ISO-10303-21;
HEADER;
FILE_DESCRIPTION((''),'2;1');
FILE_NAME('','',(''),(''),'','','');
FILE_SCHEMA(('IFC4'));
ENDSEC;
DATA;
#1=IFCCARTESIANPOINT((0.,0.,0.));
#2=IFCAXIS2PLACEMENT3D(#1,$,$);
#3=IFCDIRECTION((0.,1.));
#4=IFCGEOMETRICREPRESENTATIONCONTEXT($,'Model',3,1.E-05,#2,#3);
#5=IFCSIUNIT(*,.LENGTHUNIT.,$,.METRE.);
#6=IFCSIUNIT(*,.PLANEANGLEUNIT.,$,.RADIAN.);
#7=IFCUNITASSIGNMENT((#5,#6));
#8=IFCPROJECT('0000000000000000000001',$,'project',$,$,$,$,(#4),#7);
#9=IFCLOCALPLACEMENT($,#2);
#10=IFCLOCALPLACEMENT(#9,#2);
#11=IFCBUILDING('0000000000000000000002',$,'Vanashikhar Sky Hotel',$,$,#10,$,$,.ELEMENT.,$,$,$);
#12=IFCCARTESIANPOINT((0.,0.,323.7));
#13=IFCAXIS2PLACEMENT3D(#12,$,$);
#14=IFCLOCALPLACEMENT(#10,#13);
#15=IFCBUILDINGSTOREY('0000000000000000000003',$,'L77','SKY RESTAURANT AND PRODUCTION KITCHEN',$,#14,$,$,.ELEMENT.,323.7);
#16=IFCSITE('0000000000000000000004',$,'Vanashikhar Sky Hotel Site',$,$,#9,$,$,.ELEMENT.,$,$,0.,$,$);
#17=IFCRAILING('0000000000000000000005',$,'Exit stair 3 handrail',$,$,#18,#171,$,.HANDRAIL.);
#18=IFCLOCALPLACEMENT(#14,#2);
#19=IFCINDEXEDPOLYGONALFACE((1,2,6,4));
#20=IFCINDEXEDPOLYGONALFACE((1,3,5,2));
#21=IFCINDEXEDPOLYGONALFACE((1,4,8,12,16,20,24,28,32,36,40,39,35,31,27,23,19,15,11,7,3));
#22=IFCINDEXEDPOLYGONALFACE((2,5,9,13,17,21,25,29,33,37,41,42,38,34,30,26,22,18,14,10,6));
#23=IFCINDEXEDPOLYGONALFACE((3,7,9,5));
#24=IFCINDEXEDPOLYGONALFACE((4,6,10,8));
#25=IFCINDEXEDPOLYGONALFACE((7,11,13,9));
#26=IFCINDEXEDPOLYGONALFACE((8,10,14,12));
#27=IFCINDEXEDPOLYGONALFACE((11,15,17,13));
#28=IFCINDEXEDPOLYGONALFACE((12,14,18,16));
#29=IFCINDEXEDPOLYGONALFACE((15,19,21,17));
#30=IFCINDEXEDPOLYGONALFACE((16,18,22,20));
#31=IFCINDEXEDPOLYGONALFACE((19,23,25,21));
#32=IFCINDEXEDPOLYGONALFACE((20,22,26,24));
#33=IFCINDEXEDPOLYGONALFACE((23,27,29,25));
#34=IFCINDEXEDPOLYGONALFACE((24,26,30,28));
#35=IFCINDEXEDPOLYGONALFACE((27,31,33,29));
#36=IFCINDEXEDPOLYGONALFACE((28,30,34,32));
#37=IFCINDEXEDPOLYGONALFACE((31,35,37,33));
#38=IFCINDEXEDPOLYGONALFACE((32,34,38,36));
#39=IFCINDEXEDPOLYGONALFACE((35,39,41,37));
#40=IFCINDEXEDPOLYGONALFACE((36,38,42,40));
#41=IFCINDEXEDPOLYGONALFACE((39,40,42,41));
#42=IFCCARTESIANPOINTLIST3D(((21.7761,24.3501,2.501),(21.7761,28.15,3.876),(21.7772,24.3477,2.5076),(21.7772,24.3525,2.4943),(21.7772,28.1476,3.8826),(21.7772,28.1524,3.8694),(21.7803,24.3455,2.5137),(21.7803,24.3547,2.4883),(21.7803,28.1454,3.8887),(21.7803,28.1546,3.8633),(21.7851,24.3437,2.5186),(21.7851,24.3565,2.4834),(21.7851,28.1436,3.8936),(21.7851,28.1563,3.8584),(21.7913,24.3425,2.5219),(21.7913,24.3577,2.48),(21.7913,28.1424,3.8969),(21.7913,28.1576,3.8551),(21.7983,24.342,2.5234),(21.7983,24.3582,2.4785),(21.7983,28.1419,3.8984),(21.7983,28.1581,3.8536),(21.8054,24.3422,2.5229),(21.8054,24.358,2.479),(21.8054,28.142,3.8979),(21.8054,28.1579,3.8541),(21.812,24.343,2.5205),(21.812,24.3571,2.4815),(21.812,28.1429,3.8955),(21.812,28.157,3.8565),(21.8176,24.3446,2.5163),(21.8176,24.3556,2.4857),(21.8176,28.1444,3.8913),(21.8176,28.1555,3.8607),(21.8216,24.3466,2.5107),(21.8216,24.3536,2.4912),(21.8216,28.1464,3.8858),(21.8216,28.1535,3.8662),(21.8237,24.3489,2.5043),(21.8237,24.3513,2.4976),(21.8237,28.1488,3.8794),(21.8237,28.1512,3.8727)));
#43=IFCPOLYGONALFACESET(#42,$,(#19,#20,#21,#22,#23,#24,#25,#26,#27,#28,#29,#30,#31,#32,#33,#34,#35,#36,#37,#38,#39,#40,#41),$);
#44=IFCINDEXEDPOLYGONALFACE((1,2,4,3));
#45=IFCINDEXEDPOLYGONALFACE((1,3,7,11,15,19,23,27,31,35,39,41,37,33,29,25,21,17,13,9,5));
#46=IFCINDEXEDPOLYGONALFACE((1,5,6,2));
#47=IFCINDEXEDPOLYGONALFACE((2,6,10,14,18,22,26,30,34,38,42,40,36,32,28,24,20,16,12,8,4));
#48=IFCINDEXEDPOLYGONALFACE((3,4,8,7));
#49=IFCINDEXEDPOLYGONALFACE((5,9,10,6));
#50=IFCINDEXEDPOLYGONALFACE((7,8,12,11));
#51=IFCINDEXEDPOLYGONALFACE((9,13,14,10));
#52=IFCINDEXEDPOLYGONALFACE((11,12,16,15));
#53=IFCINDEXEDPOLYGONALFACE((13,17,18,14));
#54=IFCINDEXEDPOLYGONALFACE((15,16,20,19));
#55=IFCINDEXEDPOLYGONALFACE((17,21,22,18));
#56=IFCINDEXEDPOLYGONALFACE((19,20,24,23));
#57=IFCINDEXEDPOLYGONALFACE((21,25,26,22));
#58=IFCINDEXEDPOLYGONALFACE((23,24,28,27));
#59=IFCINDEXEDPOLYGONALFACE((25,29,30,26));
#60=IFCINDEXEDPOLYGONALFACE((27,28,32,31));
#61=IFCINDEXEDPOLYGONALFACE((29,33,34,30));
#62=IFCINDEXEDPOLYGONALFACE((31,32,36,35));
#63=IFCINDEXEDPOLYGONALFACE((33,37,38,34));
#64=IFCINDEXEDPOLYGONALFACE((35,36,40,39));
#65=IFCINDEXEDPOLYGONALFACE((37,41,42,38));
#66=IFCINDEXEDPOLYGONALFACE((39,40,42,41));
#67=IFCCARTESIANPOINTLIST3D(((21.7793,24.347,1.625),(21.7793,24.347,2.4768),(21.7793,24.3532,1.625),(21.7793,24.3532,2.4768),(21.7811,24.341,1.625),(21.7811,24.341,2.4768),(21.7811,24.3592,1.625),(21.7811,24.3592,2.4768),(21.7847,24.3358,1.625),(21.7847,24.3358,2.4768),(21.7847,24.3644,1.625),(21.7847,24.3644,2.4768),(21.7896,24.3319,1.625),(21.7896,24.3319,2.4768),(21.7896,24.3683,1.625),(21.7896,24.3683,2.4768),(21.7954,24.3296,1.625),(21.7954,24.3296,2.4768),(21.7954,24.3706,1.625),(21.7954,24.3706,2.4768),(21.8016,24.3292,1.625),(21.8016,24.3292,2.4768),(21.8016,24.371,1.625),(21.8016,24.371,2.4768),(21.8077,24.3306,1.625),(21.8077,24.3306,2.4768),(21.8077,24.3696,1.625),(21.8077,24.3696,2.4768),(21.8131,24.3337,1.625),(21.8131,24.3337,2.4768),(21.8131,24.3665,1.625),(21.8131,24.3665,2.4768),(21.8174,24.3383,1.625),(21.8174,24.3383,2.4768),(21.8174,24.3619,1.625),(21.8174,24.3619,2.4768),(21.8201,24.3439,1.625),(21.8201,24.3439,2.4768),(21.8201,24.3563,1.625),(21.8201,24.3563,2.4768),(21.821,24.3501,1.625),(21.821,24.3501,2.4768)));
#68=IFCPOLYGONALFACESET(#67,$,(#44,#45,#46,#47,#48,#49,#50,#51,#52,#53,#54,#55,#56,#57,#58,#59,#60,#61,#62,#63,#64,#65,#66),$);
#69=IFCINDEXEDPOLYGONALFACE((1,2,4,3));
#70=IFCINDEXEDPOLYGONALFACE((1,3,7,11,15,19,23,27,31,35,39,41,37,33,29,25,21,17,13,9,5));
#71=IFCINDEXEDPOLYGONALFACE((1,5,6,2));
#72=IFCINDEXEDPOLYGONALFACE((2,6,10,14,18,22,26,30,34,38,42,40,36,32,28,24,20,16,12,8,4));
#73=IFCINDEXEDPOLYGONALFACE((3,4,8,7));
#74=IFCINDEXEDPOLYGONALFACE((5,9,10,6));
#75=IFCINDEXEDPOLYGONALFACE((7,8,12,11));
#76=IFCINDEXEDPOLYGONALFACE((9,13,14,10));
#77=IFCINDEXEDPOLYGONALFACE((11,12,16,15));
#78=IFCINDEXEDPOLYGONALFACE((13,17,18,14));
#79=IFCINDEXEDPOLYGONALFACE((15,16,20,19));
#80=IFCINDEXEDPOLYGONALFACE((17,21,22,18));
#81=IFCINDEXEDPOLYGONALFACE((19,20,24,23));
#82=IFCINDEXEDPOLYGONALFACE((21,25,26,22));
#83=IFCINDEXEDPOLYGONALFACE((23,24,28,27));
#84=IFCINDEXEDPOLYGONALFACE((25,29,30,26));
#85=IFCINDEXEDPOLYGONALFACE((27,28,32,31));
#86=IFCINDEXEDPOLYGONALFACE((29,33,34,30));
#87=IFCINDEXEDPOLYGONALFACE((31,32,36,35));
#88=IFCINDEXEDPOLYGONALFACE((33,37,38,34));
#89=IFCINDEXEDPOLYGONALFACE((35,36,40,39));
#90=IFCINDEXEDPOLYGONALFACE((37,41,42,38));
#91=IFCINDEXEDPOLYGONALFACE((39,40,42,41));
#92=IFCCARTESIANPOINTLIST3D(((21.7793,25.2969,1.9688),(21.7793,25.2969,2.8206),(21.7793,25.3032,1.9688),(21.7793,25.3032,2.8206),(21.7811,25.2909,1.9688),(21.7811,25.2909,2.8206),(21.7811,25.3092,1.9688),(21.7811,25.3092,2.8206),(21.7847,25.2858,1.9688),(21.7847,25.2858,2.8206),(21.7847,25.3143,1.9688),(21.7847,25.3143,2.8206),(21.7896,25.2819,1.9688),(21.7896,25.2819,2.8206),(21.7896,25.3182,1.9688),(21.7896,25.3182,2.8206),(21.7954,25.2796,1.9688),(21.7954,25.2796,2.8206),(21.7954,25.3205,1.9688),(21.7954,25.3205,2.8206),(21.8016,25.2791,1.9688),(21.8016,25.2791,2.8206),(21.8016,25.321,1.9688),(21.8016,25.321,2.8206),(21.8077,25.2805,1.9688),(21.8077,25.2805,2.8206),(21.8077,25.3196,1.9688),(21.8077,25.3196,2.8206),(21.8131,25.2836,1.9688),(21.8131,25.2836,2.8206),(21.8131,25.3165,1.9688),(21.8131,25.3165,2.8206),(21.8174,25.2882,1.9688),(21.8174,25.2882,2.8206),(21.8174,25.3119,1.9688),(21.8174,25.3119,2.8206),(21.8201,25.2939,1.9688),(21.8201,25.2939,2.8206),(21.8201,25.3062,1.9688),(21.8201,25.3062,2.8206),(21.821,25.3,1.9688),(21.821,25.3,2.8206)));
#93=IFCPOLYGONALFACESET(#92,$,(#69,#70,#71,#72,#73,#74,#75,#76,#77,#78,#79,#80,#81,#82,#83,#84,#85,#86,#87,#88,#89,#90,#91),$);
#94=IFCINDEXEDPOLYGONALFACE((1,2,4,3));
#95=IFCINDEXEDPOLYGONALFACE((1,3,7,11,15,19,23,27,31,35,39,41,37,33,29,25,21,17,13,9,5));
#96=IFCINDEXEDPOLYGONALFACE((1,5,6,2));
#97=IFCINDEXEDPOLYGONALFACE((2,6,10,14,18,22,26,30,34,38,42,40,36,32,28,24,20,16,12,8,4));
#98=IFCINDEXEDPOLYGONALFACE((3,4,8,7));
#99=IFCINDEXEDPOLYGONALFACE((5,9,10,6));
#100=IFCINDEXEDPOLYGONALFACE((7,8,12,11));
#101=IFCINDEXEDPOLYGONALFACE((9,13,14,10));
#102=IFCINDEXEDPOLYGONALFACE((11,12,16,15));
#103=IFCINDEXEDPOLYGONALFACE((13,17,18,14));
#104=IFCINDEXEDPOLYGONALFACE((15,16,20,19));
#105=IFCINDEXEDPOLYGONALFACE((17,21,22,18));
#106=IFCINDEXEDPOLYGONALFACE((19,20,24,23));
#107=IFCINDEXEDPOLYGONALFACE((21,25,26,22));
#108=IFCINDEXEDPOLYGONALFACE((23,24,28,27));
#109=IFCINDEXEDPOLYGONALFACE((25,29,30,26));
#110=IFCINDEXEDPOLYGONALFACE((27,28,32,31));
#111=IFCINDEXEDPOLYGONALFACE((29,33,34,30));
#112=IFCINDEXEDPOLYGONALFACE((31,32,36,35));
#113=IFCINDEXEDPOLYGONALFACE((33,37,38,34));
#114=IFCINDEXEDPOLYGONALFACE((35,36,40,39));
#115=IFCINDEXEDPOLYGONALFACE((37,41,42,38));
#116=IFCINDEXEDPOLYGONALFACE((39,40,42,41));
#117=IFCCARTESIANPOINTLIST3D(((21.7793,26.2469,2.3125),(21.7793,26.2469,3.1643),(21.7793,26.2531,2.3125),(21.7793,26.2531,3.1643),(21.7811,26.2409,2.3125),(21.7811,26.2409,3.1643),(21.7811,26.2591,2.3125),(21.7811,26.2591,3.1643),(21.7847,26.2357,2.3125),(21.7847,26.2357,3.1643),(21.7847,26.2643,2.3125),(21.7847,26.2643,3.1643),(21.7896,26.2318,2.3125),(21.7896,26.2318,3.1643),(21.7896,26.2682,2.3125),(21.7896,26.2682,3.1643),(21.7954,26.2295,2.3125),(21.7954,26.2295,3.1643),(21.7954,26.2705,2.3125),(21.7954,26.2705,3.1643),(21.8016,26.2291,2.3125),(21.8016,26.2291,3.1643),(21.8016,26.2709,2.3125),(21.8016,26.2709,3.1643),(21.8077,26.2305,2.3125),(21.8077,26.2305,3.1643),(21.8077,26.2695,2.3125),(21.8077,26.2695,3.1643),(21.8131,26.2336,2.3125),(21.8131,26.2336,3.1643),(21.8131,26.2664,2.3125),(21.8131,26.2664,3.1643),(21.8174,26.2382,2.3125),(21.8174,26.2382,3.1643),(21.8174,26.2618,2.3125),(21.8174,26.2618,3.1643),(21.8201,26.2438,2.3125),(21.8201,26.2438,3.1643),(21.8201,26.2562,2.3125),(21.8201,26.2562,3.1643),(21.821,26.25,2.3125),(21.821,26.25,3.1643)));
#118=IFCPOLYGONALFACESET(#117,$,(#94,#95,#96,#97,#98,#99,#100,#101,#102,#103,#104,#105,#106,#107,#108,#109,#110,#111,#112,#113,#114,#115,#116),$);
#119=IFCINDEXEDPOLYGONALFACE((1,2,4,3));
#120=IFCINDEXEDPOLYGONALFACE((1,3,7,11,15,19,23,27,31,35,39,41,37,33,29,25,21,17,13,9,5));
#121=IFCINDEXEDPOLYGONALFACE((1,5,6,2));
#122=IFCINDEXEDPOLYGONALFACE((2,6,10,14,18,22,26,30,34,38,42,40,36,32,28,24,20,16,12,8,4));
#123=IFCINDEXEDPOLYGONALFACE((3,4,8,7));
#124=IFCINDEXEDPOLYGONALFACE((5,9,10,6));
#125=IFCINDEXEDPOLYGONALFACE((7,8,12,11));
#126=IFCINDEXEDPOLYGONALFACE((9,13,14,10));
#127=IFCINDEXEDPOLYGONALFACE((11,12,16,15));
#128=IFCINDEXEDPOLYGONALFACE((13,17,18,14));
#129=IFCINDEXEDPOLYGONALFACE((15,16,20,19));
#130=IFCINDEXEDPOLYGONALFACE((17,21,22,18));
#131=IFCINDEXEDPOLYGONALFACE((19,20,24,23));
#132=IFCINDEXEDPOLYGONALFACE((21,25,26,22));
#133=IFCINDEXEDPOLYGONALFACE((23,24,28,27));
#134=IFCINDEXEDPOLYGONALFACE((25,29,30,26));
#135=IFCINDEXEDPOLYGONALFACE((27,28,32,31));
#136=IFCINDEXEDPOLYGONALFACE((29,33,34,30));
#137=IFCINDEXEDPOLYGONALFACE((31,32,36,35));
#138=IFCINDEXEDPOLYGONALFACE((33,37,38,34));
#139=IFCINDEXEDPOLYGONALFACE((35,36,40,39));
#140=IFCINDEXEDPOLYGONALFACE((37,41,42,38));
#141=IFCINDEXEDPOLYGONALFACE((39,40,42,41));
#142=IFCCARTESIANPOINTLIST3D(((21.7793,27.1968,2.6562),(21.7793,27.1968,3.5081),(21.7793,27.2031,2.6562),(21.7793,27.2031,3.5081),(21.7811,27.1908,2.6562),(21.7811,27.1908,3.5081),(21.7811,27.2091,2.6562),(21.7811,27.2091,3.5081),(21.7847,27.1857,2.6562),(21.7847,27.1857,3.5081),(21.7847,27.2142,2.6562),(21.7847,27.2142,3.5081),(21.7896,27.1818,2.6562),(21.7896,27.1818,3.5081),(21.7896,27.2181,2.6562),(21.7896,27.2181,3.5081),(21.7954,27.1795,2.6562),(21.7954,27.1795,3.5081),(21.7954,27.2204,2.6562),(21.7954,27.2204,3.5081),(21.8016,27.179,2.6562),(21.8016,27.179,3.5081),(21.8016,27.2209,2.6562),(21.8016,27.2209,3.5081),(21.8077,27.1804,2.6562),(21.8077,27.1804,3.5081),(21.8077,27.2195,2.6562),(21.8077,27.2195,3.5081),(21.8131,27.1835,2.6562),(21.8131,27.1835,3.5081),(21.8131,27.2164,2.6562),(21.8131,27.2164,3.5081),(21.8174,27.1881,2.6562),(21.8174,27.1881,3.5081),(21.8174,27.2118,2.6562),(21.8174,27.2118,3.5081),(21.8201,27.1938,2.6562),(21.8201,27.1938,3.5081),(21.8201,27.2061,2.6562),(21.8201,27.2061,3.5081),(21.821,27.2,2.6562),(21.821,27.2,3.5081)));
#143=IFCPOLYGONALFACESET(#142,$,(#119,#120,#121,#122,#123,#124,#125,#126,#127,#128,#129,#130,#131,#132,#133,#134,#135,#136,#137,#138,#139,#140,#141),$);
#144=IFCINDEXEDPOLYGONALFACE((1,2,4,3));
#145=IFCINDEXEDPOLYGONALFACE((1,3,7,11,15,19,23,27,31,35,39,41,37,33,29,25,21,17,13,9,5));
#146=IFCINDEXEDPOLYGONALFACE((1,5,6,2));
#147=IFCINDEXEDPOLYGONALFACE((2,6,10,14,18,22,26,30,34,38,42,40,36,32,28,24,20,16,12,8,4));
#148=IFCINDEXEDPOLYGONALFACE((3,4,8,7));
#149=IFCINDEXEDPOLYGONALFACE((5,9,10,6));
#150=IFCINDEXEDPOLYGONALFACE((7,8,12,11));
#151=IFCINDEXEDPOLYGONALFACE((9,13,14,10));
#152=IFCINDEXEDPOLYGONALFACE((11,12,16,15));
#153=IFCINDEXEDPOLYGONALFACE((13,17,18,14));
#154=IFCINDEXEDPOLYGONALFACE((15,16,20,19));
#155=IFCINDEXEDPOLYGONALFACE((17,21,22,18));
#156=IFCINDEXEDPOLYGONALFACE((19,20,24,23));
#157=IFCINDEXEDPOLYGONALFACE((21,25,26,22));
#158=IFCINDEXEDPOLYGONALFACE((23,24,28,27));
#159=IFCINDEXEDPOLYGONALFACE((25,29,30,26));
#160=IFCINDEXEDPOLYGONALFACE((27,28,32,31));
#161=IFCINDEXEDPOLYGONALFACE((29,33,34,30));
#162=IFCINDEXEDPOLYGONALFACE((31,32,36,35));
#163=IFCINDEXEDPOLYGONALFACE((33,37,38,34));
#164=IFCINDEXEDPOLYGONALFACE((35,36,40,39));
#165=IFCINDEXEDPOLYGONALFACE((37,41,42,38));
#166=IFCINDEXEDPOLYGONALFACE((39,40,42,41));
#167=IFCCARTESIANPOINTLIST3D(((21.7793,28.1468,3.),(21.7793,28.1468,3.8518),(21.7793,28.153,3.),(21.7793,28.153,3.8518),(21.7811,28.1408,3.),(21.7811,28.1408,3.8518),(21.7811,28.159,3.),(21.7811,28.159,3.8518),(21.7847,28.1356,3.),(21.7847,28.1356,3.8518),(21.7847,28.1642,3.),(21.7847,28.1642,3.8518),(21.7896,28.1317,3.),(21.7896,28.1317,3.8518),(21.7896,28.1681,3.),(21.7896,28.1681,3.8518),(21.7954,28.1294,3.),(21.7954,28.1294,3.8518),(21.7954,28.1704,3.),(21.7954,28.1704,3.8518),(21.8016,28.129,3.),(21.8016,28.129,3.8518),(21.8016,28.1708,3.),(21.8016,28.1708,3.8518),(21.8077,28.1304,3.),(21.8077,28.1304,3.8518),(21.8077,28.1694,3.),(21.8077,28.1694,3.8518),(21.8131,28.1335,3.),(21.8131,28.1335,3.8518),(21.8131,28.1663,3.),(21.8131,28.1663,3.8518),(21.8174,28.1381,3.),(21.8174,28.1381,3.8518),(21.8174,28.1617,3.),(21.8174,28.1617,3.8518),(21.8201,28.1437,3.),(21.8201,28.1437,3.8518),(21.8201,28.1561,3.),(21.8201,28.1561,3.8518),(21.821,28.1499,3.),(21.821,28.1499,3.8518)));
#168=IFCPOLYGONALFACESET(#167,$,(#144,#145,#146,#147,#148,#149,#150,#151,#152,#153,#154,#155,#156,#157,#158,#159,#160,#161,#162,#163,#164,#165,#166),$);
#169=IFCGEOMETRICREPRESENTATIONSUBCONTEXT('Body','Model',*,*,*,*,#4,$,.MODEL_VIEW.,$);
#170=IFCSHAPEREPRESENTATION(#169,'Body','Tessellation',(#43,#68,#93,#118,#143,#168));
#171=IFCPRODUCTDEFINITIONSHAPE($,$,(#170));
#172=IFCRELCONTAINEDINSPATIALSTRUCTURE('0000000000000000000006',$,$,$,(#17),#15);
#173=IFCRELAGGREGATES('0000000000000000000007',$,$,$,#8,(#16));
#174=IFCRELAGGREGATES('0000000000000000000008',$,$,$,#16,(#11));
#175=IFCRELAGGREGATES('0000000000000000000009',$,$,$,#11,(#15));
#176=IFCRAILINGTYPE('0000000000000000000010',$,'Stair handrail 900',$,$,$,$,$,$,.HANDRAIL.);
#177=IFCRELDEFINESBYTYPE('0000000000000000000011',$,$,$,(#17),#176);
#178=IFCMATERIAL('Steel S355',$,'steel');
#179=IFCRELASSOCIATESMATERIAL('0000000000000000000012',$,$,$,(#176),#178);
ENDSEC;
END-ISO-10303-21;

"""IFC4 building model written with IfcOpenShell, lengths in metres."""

from ifc_helpers import new_model, si_unit, direction, frame, origin, origin_2d, place, context, subcontext, project, spatial, circle, extrude, source, transform, mapped, material, type_object, element, save


model = new_model("IFC4")

# Units and contexts
model_context = context("Model", 3, precision=1e-05, world=origin(), true_north=direction((0.0, 1.0)))
body_context = subcontext(model_context, "Body", "Model", "MODEL_VIEW")
ifc_project = project(units=[si_unit("LENGTHUNIT", "METRE"), si_unit("PLANEANGLEUNIT", "RADIAN")], contexts=[model_context])

# Site, building, storey
site_placement = place(None, origin())
site = spatial("IfcSite", under=ifc_project, at=site_placement, Name="Vanashikhar Sky Hotel Site", CompositionType="ELEMENT", RefElevation=0.0)
building_placement = place(site_placement, origin())
building = spatial("IfcBuilding", under=site, at=building_placement, Name="Vanashikhar Sky Hotel", CompositionType="ELEMENT")
storey_placement = place(building_placement, frame((0.0, 0.0, 323.7)))
storey = spatial("IfcBuildingStorey", under=building, at=storey_placement, Name="L77", Description="SKY RESTAURANT AND PRODUCTION KITCHEN", CompositionType="ELEMENT", Elevation=323.7)

# Railing
ifc_material_1 = material(Name="Steel S355", Category="steel")
railing_type = type_object("IfcRailingType", Name="Stair handrail 900", PredefinedType="HANDRAIL", material=ifc_material_1)
shared_shape_1 = source(origin(), body_context, "Body", "SweptSolid", [
    extrude(circle(Radius=0.0239, at=origin_2d()), frame((0.0, 0.0, 0.876), z_axis=(0.0, 0.940329, 0.340268), x_axis=(-1.0, 0.0, 0.0)), (0.0, 0.0, 1.0), 4.041),
    extrude(circle(Radius=0.021, at=origin_2d()), origin(), (0.0, 0.0, 1.0), 0.8518),
    extrude(circle(Radius=0.021, at=origin_2d()), frame((0.0, 0.95, 0.3438)), (0.0, 0.0, 1.0), 0.8518),
    extrude(circle(Radius=0.021, at=origin_2d()), frame((0.0, 1.8999, 0.6875)), (0.0, 0.0, 1.0), 0.8518),
    extrude(circle(Radius=0.021, at=origin_2d()), frame((0.0, 2.8499, 1.0312)), (0.0, 0.0, 1.0), 0.8518),
    extrude(circle(Radius=0.021, at=origin_2d()), frame((0.0, 3.7998, 1.375)), (0.0, 0.0, 1.0), 0.8518),
])
for number, where, name in (
    (1, (21.8, 24.3501, 1.625), "Exit stair 3 handrail"),
):
    element("IfcRailing", number, at=place(storey_placement, frame(where)), inside=storey, type_object=railing_type, Name=name, PredefinedType="HANDRAIL", context=body_context, shape_type="MappedRepresentation", body=[
        mapped(shared_shape_1, transform((0.0, 0.0, 0.0), scale=1.0)),
    ])

save(model, "model.ifc")
